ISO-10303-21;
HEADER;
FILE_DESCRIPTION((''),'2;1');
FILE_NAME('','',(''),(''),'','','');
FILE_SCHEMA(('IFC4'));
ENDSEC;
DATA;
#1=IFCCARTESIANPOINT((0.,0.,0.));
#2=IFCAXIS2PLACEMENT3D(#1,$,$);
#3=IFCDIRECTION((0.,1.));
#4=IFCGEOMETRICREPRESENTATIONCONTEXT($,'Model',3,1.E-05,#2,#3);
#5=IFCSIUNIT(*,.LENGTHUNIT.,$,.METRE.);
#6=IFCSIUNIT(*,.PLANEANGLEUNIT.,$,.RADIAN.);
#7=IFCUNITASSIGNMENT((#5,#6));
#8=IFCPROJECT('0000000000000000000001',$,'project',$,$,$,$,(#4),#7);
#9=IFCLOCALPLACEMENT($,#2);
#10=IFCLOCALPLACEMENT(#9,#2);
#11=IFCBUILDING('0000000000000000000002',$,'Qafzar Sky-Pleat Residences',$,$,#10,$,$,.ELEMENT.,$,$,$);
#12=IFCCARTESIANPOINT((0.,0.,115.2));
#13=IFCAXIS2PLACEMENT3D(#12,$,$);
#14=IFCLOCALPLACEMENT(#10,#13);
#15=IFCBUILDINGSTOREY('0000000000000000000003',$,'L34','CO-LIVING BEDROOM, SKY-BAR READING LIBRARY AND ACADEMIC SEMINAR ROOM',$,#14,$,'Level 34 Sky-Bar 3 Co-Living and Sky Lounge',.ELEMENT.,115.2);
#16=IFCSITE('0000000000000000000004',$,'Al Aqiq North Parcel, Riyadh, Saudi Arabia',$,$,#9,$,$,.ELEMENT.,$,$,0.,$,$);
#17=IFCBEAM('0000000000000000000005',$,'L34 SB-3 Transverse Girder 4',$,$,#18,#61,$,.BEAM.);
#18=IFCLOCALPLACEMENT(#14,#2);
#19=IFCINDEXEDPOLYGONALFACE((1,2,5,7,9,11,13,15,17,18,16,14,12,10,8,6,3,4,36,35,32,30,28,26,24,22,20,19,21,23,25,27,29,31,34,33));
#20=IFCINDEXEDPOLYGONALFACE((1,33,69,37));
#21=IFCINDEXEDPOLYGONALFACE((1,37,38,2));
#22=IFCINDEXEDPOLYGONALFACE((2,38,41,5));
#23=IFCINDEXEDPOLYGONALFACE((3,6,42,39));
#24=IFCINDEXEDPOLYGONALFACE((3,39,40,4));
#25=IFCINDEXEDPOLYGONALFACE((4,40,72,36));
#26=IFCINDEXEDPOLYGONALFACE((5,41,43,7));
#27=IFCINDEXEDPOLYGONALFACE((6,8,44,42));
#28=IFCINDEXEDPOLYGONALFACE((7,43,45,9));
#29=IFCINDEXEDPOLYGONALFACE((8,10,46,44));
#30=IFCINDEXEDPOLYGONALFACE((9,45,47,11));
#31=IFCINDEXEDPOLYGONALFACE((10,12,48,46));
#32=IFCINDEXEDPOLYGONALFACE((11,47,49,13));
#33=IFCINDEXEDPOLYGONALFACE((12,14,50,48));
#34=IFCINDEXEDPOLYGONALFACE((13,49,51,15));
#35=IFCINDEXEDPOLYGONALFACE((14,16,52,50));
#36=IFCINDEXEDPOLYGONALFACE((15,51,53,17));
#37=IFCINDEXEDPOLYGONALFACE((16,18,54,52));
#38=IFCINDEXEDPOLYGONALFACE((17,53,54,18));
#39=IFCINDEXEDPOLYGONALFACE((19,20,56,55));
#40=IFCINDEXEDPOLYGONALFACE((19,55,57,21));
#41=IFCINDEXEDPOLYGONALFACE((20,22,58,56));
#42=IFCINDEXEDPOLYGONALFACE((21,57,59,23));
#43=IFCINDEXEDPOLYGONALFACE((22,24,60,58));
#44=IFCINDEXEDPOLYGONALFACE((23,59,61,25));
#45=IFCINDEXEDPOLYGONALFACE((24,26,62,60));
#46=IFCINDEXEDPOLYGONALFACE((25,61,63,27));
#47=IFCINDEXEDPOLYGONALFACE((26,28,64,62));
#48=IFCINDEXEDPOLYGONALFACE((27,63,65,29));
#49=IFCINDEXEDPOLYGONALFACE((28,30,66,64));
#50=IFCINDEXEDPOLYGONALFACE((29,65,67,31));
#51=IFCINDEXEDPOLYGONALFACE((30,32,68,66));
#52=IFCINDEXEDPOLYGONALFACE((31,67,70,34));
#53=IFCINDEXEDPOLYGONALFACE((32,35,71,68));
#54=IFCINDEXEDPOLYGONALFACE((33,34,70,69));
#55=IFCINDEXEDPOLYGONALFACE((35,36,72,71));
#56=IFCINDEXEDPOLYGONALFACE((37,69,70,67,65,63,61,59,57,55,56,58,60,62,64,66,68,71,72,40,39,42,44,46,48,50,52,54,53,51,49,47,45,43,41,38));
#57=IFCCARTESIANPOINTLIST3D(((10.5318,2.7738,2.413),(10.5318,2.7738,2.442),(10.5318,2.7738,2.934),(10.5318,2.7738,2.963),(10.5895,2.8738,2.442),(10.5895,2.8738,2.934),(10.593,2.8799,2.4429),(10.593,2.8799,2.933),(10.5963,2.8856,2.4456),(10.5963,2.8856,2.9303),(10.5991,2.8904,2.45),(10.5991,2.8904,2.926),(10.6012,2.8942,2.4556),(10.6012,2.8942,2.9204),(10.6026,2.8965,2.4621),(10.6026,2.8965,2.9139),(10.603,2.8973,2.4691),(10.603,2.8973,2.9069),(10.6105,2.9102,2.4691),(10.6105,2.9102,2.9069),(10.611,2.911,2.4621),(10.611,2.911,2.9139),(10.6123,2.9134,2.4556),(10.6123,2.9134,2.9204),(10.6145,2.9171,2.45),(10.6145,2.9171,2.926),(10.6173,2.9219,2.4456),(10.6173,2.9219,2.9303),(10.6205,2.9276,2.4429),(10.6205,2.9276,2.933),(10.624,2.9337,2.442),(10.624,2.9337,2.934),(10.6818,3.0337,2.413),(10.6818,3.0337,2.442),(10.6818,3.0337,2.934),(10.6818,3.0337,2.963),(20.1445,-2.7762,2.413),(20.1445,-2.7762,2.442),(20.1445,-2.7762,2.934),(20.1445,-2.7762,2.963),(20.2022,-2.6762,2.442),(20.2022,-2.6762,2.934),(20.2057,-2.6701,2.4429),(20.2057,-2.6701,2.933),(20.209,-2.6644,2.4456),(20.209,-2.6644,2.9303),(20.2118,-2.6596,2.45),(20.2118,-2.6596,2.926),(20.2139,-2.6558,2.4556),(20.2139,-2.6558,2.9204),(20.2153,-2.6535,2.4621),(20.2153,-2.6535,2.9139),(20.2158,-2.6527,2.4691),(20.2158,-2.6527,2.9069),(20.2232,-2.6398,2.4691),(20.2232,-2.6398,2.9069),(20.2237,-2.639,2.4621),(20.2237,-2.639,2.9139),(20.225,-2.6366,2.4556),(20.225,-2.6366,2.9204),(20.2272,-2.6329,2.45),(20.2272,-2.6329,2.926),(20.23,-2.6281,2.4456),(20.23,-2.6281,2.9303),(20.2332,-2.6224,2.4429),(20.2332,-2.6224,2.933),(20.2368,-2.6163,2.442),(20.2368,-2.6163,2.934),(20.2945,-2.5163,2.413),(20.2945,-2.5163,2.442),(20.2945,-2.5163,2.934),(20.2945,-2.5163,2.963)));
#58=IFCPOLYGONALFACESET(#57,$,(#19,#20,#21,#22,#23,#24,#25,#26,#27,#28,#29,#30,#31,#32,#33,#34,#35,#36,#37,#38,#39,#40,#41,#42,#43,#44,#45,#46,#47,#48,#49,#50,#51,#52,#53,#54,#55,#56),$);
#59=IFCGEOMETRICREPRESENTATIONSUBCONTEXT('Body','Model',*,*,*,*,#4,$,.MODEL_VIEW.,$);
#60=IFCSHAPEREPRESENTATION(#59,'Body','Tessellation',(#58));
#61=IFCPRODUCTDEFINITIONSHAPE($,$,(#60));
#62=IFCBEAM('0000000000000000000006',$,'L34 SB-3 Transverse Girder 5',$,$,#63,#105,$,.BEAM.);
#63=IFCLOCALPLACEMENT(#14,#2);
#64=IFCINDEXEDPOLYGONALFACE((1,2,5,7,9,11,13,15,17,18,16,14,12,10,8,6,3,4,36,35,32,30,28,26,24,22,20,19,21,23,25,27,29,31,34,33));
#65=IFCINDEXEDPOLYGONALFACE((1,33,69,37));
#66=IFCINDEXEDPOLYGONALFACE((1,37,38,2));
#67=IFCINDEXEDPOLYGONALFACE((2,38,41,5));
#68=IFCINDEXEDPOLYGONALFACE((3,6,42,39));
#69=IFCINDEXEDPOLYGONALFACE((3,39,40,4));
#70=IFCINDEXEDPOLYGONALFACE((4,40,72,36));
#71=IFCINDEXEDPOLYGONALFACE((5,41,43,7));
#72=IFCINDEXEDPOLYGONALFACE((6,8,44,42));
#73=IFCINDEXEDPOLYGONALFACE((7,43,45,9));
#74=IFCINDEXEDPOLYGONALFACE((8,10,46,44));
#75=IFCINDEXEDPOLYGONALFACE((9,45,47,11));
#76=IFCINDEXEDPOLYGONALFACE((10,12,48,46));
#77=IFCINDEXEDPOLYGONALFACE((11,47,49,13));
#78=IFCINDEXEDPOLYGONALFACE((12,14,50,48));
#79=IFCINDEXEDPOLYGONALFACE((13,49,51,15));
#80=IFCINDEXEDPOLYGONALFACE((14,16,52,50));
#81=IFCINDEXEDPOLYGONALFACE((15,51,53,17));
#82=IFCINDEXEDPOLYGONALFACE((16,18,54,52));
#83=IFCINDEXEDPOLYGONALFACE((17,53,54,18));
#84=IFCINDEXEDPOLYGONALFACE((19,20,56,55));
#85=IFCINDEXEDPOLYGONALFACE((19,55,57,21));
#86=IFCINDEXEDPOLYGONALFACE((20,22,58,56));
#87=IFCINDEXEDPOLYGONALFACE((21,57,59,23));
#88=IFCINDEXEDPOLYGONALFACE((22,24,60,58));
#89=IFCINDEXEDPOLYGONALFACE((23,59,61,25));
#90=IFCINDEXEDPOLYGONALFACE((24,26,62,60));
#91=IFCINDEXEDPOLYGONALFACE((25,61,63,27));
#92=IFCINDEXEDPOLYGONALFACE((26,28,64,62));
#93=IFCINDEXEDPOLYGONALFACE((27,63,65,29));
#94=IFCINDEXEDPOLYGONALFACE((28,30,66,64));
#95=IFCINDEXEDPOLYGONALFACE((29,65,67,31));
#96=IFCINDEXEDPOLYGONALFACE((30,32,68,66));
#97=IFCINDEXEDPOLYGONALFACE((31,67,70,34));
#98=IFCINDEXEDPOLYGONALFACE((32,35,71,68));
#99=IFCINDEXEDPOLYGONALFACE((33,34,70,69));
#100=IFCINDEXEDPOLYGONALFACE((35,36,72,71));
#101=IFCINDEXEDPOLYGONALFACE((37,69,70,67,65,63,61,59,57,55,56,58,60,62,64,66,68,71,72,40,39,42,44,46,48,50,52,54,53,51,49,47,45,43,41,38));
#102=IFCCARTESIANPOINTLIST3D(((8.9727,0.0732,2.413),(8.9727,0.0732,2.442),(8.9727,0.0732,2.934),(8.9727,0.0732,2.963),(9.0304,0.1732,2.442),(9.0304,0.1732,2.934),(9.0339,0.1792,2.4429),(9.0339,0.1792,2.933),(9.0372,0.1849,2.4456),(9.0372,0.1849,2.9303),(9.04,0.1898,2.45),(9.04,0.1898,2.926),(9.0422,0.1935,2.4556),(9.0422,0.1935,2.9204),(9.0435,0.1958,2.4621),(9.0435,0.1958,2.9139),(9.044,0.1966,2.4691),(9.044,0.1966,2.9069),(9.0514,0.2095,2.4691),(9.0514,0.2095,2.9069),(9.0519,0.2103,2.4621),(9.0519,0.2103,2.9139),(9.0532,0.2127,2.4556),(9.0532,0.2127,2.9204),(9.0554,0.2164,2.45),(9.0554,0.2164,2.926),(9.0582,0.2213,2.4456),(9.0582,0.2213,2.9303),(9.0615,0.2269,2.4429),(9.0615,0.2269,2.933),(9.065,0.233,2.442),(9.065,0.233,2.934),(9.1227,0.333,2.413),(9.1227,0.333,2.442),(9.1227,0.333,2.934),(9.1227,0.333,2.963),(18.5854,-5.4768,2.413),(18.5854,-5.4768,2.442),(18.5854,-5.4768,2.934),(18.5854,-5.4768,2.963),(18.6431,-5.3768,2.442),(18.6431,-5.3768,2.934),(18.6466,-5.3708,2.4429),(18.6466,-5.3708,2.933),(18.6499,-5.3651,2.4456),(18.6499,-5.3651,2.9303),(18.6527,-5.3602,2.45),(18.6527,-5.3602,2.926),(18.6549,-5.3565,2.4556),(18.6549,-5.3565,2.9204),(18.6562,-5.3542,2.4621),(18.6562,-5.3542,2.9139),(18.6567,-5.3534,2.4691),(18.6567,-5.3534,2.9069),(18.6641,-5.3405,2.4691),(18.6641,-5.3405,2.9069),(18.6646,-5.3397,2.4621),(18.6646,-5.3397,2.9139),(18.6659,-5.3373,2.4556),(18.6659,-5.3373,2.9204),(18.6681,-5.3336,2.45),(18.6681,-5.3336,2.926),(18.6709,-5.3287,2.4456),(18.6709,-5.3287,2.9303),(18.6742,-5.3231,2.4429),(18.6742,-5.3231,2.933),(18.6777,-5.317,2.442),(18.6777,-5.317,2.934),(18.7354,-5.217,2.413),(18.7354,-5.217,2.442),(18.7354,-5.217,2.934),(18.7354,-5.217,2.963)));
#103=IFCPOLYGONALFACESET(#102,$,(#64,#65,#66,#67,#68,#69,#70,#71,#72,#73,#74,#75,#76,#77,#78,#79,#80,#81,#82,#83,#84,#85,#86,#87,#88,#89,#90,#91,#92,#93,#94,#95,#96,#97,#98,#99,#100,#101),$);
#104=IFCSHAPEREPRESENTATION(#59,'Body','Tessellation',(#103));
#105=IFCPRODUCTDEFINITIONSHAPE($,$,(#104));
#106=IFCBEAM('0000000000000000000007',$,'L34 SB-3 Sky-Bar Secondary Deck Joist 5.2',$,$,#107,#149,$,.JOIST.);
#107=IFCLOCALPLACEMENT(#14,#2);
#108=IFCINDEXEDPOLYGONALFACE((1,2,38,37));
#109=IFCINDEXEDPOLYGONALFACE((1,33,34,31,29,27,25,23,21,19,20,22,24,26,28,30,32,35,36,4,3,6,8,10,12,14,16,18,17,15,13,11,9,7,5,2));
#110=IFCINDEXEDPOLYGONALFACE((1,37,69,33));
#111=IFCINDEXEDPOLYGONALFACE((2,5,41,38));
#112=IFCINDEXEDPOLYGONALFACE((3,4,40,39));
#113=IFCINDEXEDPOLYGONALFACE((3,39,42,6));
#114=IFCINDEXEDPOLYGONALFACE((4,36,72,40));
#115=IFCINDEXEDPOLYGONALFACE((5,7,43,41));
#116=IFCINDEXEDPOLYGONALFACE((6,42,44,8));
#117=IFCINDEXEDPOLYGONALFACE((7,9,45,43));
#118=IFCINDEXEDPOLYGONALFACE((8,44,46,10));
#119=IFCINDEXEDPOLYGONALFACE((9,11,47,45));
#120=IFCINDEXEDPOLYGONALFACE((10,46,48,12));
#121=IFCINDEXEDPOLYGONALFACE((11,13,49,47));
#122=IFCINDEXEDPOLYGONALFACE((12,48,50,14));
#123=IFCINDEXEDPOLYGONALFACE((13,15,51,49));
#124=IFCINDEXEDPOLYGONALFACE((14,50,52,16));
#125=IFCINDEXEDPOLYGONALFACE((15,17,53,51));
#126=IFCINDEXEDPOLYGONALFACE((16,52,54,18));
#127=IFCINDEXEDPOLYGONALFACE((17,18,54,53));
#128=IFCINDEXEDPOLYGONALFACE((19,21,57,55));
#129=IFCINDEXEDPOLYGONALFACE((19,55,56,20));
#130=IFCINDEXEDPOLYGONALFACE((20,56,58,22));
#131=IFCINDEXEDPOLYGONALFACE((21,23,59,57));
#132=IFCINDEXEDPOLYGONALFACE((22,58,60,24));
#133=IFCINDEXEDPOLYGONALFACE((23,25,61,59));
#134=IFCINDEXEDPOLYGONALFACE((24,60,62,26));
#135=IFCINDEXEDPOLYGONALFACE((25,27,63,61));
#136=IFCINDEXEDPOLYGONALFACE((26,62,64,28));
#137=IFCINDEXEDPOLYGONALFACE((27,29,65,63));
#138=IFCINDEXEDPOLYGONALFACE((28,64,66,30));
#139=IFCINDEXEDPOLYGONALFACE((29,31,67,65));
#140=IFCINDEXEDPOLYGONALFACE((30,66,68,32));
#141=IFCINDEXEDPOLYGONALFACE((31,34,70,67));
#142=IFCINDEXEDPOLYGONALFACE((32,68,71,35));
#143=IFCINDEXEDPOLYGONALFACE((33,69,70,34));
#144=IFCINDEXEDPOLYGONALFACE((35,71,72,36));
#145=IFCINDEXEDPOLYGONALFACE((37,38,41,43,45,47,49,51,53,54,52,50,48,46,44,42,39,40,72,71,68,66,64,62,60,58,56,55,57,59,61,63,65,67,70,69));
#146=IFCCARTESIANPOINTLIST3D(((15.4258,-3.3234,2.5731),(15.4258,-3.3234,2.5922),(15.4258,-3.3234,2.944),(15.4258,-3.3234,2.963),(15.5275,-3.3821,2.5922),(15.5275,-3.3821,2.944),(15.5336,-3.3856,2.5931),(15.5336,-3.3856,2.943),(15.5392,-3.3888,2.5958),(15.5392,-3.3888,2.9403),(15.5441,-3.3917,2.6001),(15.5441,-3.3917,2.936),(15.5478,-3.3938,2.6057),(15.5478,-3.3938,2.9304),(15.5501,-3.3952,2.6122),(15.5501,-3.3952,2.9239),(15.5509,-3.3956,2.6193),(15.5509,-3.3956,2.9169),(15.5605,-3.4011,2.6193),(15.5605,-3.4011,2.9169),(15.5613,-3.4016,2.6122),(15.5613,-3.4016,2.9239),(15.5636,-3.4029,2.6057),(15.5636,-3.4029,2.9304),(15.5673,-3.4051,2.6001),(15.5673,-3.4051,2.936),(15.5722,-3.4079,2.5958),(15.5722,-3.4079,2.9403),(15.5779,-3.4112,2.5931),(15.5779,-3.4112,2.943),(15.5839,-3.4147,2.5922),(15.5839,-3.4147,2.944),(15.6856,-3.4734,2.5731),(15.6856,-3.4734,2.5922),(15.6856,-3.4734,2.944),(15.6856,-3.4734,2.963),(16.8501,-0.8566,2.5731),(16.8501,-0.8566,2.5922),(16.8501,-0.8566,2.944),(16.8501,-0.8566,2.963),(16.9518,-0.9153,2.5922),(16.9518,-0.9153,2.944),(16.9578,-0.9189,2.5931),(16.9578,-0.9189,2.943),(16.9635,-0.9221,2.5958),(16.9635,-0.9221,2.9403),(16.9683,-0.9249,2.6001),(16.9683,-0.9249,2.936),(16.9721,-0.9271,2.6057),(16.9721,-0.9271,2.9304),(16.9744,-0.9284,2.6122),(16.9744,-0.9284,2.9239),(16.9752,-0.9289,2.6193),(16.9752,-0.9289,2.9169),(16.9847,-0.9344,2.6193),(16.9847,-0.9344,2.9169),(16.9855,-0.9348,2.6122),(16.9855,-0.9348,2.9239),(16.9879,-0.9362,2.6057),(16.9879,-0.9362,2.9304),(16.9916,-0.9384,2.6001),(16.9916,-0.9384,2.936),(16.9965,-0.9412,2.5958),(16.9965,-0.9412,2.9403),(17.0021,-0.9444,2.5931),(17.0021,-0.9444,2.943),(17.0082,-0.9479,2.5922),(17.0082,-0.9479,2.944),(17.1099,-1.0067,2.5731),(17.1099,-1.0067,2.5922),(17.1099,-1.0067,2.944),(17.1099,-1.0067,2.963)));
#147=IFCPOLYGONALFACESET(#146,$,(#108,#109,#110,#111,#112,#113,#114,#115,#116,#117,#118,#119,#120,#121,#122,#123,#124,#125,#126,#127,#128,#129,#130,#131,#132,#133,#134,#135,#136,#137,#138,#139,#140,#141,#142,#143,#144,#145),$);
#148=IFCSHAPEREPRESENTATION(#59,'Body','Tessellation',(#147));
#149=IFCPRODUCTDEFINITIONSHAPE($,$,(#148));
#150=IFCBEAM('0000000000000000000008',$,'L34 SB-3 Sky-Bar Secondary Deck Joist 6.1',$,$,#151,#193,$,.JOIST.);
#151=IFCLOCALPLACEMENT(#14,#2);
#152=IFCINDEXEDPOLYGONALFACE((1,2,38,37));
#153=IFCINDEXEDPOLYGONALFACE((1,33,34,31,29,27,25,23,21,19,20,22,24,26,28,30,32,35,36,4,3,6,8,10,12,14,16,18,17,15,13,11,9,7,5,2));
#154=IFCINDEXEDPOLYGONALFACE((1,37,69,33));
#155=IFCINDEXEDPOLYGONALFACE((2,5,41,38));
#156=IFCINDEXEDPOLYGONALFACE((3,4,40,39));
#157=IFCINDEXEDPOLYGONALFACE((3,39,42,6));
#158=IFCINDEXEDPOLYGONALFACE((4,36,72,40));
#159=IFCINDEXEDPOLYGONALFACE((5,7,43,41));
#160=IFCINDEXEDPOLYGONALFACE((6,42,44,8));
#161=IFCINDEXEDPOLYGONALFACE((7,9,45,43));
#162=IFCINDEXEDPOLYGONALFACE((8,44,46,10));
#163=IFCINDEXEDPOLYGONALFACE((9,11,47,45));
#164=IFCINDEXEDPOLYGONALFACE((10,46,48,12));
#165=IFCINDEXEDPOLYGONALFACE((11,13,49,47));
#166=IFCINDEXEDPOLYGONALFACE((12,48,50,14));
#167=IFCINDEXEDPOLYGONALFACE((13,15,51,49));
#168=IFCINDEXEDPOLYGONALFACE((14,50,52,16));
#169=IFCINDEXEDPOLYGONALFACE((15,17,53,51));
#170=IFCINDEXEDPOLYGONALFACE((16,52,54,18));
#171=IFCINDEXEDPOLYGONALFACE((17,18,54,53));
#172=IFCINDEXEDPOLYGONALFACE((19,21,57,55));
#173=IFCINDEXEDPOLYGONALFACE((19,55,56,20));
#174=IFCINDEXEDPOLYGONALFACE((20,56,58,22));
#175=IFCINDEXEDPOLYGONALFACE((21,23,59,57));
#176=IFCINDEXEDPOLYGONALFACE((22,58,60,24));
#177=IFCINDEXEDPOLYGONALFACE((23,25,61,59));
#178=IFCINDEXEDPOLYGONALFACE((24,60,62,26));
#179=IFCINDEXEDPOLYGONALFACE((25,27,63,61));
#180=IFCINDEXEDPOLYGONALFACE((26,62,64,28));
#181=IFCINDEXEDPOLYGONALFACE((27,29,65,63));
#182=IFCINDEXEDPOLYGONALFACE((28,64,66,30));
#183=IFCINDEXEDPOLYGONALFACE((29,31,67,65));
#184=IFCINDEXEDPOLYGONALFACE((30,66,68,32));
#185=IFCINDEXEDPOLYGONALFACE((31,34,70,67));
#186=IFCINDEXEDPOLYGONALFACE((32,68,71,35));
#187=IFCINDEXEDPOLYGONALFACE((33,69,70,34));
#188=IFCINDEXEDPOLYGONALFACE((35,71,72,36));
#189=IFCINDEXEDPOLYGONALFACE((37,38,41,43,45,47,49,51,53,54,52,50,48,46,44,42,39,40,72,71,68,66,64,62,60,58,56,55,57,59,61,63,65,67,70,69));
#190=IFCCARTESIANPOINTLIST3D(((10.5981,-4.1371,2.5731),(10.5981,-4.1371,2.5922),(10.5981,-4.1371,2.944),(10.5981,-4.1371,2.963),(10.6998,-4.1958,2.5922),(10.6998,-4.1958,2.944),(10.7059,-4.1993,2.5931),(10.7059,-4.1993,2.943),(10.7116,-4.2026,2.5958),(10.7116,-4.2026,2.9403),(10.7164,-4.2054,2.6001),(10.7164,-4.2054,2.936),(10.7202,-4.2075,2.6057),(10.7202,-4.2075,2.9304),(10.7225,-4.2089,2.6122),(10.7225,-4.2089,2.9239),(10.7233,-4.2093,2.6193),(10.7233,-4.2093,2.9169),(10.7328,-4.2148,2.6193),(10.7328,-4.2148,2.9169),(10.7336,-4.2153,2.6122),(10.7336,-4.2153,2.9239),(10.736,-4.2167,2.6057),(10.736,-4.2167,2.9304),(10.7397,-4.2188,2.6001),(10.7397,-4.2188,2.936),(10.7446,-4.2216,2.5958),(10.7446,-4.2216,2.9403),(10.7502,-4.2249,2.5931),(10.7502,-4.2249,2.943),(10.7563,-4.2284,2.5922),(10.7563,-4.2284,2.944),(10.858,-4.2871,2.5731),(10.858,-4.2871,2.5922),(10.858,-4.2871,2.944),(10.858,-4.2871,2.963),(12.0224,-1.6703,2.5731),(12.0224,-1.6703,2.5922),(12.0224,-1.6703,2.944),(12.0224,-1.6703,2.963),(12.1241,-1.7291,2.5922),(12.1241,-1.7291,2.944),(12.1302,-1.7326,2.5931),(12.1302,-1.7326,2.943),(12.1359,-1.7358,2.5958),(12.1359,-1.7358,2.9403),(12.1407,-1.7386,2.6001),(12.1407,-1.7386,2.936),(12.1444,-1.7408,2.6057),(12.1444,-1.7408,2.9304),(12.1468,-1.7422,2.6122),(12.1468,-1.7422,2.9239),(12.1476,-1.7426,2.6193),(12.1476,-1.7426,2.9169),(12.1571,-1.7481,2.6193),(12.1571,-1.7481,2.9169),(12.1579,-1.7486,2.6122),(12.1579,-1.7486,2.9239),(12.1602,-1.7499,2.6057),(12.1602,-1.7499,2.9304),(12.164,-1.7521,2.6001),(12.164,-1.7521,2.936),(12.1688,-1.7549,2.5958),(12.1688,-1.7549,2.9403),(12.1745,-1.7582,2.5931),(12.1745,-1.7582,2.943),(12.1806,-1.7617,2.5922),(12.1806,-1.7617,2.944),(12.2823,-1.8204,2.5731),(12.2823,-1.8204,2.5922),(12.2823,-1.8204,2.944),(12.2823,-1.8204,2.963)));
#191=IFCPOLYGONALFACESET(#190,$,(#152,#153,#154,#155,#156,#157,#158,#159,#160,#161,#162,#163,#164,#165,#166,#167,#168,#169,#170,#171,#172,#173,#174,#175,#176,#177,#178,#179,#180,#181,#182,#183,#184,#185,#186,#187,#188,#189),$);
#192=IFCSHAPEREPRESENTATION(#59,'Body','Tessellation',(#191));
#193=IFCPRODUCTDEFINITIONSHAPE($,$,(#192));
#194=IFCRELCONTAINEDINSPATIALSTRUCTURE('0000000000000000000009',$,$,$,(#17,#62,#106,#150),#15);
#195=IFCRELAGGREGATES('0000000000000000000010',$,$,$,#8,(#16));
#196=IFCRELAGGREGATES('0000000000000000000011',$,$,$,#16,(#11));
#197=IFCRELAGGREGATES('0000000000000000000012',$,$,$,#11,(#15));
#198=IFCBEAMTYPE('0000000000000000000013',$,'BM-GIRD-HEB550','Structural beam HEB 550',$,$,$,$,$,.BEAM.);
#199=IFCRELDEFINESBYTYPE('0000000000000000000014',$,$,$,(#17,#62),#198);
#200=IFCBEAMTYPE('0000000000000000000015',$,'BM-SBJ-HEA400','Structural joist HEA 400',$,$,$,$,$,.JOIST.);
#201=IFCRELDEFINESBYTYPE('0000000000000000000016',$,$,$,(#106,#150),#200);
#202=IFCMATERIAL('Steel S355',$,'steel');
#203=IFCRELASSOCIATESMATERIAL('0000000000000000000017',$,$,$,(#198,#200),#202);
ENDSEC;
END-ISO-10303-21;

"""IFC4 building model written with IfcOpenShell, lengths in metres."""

from ifc_helpers import new_model, si_unit, direction, frame, origin, origin_2d, place, context, subcontext, project, spatial, i_section, extrude, source, transform, mapped, material, material_profile, profile_set, type_object, element, save


model = new_model("IFC4")

# Units and contexts
model_context = context("Model", 3, precision=1e-05, world=origin(), true_north=direction((0.0, 1.0)))
body_context = subcontext(model_context, "Body", "Model", "MODEL_VIEW")
ifc_project = project(units=[si_unit("LENGTHUNIT", "METRE"), si_unit("PLANEANGLEUNIT", "RADIAN")], contexts=[model_context])

# Site, building, storey
site_placement = place(None, origin())
site = spatial("IfcSite", under=ifc_project, at=site_placement, Name="Al Aqiq North Parcel, Riyadh, Saudi Arabia", CompositionType="ELEMENT", RefElevation=0.0)
building_placement = place(site_placement, origin())
building = spatial("IfcBuilding", under=site, at=building_placement, Name="Qafzar Sky-Pleat Residences", CompositionType="ELEMENT")
storey_placement = place(building_placement, frame((0.0, 0.0, 115.2)))
storey = spatial("IfcBuildingStorey", under=building, at=storey_placement, Name="L34", Description="CO-LIVING BEDROOM, SKY-BAR READING LIBRARY AND ACADEMIC SEMINAR ROOM", LongName="Level 34 Sky-Bar 3 Co-Living and Sky Lounge", CompositionType="ELEMENT", Elevation=115.2)

# Beams
ifc_material_1 = material(Name="Steel S355", Category="steel")
ifc_material_profile_1 = material_profile(ifc_material_1, i_section(OverallWidth=0.3, OverallDepth=0.55, WebThickness=0.0149, FlangeThickness=0.0291, FilletRadius=0.0271, at=origin_2d()), Name="HEB 550")
ifc_profile_set_1 = profile_set([ifc_material_profile_1], Name="Steel S355")
beam_type_1 = type_object("IfcBeamType", Name="BM-GIRD-HEB550", Description="Structural beam HEB 550", PredefinedType="BEAM", material=ifc_profile_set_1)
shared_shape_1 = source(origin(), body_context, "Body", "SweptSolid", [
    extrude(i_section(OverallWidth=0.3, OverallDepth=0.55, WebThickness=0.0149, FlangeThickness=0.0291, FilletRadius=0.0271, at=origin_2d()), origin(), (0.0, 0.0, 1.0), 11.0999),
])
for number, where, z_axis, x_axis, name in (
    (1, (20.2195, -2.6462, 2.688), (-0.866021, 0.500007, 0.0), (-0.500007, -0.866021, 0.0), "L34 SB-3 Transverse Girder 4"),
    (2, (18.6604, -5.3469, 2.688), (-0.866021, 0.500007, 0.0), (-0.500007, -0.866021, 0.0), "L34 SB-3 Transverse Girder 5"),
):
    element("IfcBeam", number, at=place(storey_placement, frame(where, z_axis=z_axis, x_axis=x_axis)), inside=storey, type_object=beam_type_1, Name=name, PredefinedType="BEAM", context=body_context, shape_type="MappedRepresentation", body=[
        mapped(shared_shape_1, transform((0.0, 0.0, 0.0), x_axis=(1.0, 0.0, 0.0), y_axis=(0.0, 1.0, 0.0), z_axis=(0.0, 0.0, 1.0), scale=1.0)),
    ])
ifc_material_profile_2 = material_profile(ifc_material_1, i_section(OverallWidth=0.3, OverallDepth=0.3899, WebThickness=0.011, FlangeThickness=0.019, FilletRadius=0.0271, at=origin_2d()), Name="HEA 400")
ifc_profile_set_2 = profile_set([ifc_material_profile_2], Name="Steel S355")
beam_type_2 = type_object("IfcBeamType", Name="BM-SBJ-HEA400", Description="Structural joist HEA 400", PredefinedType="JOIST", material=ifc_profile_set_2)
shared_shape_2 = source(origin(), body_context, "Body", "SweptSolid", [
    extrude(i_section(OverallWidth=0.3, OverallDepth=0.3899, WebThickness=0.011, FlangeThickness=0.019, FilletRadius=0.0271, at=origin_2d()), origin(), (0.0, 0.0, 1.0), 2.8484),
])
for number, where, z_axis, x_axis, name in (
    (3, (16.98, -0.9316, 2.7681), (-0.500029, -0.866009, 0.0), (0.866009, -0.500029, 0.0), "L34 SB-3 Sky-Bar Secondary Deck Joist 5.2"),
    (4, (12.1523, -1.7454, 2.7681), (-0.500029, -0.866009, 0.0), (0.866009, -0.500029, 0.0), "L34 SB-3 Sky-Bar Secondary Deck Joist 6.1"),
):
    element("IfcBeam", number, at=place(storey_placement, frame(where, z_axis=z_axis, x_axis=x_axis)), inside=storey, type_object=beam_type_2, Name=name, PredefinedType="JOIST", context=body_context, shape_type="MappedRepresentation", body=[
        mapped(shared_shape_2, transform((0.0, 0.0, 0.0), x_axis=(1.0, 0.0, 0.0), y_axis=(0.0, 1.0, 0.0), z_axis=(0.0, 0.0, 1.0), scale=1.0)),
    ])

save(model, "model.ifc")
